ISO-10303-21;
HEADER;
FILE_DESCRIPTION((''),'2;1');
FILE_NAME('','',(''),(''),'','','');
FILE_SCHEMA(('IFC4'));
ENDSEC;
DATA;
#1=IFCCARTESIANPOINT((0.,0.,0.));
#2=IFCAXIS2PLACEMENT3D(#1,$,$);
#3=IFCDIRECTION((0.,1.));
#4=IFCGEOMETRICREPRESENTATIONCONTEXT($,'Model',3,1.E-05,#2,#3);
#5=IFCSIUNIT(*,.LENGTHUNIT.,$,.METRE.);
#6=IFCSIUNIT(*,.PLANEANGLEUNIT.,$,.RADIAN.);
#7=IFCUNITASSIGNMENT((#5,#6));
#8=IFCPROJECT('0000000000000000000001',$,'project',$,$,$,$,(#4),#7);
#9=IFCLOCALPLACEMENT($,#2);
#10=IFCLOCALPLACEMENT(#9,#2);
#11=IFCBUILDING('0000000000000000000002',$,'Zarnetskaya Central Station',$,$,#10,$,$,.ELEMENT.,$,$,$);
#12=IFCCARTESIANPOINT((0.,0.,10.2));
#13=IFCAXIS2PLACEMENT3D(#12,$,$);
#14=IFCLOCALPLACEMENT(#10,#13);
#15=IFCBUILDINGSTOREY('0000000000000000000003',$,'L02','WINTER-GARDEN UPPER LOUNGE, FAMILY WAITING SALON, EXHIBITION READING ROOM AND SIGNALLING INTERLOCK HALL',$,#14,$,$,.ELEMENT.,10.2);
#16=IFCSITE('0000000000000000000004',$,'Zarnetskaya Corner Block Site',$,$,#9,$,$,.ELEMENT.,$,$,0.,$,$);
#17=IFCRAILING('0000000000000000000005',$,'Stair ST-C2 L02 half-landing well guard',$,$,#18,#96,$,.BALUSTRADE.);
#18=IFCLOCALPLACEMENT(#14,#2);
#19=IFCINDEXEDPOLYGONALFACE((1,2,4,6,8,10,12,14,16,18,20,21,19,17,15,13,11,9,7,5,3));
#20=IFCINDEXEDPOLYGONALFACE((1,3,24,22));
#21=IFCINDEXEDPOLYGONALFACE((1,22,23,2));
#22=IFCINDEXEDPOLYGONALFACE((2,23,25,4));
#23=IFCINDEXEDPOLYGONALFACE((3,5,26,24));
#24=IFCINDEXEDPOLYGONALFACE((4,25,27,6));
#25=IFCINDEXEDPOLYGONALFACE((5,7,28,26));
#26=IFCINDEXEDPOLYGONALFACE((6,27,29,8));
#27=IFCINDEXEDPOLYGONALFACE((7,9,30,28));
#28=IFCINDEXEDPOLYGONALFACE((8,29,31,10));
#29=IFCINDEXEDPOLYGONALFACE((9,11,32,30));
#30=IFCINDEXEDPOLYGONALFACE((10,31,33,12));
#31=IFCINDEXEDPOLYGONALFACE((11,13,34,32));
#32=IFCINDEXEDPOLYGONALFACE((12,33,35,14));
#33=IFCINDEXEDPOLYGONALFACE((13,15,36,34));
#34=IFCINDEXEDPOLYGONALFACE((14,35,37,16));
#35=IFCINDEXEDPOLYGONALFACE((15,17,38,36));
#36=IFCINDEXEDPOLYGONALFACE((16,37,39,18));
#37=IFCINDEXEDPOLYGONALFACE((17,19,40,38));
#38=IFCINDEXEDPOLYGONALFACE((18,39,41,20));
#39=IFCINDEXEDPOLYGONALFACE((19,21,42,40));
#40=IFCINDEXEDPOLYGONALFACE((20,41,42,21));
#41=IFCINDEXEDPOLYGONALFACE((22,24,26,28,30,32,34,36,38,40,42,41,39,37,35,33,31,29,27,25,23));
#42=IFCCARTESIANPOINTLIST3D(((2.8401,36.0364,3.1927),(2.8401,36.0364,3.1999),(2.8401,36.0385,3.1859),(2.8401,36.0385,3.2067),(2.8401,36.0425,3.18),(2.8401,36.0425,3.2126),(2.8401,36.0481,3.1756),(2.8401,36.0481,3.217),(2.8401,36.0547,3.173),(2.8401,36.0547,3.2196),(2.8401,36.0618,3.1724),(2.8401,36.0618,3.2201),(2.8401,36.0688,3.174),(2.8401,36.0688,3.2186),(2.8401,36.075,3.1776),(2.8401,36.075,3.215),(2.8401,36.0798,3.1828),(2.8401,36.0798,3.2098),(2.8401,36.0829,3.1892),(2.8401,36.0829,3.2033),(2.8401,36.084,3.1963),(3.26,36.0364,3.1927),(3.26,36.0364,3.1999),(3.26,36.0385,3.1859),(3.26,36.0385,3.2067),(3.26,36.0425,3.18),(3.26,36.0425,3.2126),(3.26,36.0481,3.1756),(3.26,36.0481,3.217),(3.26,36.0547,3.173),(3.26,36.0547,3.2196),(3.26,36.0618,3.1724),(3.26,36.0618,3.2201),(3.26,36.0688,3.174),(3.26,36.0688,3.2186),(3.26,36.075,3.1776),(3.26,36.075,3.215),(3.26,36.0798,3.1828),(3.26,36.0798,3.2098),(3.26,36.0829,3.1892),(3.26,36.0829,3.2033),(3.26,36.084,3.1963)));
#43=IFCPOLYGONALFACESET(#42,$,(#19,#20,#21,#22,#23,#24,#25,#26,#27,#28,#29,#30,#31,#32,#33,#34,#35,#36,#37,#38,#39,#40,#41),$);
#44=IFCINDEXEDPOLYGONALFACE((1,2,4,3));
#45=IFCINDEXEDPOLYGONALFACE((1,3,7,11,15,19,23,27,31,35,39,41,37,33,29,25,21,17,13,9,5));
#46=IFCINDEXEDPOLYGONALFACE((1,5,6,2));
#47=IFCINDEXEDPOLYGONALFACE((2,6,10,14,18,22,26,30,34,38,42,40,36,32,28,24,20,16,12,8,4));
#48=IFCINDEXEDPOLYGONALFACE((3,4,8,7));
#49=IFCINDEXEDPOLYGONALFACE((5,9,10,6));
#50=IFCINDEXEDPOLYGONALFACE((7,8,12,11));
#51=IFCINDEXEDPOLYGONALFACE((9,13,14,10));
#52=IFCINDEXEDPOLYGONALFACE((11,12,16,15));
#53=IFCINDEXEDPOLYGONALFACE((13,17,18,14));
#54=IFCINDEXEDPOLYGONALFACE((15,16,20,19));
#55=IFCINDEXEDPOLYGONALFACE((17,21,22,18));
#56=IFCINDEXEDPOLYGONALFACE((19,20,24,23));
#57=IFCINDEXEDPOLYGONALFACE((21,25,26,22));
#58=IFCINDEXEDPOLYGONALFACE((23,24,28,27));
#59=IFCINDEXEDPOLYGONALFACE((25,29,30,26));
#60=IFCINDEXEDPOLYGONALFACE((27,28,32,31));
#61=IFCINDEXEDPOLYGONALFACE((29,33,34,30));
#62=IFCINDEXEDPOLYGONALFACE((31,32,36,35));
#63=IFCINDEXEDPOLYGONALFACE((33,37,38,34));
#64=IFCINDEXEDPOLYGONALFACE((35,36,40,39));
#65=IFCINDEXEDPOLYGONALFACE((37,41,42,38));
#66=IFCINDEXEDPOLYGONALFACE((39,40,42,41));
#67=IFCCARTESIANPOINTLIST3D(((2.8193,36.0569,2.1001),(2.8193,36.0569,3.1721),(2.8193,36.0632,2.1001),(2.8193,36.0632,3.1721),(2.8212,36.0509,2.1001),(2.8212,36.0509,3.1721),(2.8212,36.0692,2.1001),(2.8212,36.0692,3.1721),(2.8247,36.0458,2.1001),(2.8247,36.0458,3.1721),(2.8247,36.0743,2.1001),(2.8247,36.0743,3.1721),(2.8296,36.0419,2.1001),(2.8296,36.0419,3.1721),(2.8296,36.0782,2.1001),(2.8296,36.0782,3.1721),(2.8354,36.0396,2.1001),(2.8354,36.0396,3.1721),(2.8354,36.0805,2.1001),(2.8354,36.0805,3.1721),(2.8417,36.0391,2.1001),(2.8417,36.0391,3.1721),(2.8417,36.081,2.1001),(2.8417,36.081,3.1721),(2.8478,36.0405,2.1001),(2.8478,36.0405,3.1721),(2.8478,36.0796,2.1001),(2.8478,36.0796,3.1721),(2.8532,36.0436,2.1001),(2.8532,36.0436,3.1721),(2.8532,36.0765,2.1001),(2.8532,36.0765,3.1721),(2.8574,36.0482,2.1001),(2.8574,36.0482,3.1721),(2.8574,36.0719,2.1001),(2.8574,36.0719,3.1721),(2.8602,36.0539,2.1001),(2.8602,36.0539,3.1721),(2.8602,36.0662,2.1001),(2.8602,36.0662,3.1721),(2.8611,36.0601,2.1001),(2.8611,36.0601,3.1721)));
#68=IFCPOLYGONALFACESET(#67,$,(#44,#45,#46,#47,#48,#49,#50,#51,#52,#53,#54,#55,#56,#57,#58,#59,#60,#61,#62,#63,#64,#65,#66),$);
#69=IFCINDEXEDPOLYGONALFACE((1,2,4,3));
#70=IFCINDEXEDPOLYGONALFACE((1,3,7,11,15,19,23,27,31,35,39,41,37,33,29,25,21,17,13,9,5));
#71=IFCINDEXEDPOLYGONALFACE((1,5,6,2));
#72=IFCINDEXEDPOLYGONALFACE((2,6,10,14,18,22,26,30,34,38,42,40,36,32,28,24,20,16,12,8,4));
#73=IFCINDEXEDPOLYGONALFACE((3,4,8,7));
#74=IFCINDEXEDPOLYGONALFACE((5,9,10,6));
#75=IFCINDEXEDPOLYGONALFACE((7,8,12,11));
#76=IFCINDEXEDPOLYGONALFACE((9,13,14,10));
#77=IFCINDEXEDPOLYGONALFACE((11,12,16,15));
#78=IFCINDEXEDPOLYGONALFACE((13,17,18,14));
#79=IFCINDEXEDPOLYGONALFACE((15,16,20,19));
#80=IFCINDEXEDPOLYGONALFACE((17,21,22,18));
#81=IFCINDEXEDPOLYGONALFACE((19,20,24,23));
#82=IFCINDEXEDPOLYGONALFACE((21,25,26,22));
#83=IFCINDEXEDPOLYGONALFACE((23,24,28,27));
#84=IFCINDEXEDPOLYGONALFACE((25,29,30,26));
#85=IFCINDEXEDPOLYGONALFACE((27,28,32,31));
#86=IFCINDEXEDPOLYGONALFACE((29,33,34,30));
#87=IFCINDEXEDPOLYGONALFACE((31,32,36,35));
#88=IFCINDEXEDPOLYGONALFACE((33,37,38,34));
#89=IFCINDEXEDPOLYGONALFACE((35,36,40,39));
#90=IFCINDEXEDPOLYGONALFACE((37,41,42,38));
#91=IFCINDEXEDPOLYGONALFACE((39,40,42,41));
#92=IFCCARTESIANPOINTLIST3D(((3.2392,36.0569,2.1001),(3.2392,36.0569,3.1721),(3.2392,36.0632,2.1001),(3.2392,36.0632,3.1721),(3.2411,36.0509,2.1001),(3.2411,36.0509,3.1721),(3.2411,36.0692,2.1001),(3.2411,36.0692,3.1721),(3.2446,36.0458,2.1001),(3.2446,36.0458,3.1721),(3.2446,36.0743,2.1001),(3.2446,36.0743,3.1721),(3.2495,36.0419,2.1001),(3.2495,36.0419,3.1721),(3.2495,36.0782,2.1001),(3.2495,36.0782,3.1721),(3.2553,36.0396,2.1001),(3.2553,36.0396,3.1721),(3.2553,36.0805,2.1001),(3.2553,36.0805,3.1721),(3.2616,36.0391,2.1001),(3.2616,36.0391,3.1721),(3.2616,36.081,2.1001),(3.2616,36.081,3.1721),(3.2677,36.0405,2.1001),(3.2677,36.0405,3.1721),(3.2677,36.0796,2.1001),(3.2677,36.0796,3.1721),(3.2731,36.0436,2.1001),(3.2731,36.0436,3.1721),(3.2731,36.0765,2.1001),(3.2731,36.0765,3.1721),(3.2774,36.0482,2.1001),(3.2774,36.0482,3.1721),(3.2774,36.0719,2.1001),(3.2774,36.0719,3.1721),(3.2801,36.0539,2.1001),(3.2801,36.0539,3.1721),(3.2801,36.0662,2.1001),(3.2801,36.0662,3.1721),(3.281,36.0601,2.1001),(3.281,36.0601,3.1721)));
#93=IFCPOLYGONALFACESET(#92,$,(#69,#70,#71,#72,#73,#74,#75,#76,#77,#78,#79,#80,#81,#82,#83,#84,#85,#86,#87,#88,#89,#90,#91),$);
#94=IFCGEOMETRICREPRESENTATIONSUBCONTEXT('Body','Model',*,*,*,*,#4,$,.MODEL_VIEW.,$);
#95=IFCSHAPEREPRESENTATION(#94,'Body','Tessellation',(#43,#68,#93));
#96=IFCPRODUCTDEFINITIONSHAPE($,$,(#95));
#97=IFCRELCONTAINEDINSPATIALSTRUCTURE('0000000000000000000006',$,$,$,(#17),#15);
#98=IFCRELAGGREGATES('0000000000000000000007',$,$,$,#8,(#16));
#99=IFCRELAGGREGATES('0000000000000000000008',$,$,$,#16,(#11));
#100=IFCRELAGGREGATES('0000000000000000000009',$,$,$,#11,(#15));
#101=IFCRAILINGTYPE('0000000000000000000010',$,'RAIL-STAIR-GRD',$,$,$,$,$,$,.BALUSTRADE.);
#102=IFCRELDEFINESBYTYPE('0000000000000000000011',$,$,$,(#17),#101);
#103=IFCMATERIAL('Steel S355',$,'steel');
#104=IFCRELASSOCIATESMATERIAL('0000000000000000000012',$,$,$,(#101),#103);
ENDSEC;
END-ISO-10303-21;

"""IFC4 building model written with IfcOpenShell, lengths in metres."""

from ifc_helpers import new_model, si_unit, direction, frame, origin, origin_2d, place, context, subcontext, project, spatial, circle, extrude, material, type_object, element, save


model = new_model("IFC4")

# Units and contexts
model_context = context("Model", 3, precision=1e-05, world=origin(), true_north=direction((0.0, 1.0)))
body_context = subcontext(model_context, "Body", "Model", "MODEL_VIEW")
ifc_project = project(units=[si_unit("LENGTHUNIT", "METRE"), si_unit("PLANEANGLEUNIT", "RADIAN")], contexts=[model_context])

# Site, building, storey
site_placement = place(None, origin())
site = spatial("IfcSite", under=ifc_project, at=site_placement, Name="Zarnetskaya Corner Block Site", CompositionType="ELEMENT", RefElevation=0.0)
building_placement = place(site_placement, origin())
building = spatial("IfcBuilding", under=site, at=building_placement, Name="Zarnetskaya Central Station", CompositionType="ELEMENT")
storey_placement = place(building_placement, frame((0.0, 0.0, 10.2)))
storey = spatial("IfcBuildingStorey", under=building, at=storey_placement, Name="L02", Description="WINTER-GARDEN UPPER LOUNGE, FAMILY WAITING SALON, EXHIBITION READING ROOM AND SIGNALLING INTERLOCK HALL", CompositionType="ELEMENT", Elevation=10.2)

# Shared definitions
ifc_material_1 = material(Name="Steel S355", Category="steel")

# Railing
railing_type_1 = type_object("IfcRailingType", Name="RAIL-STAIR-GRD", PredefinedType="BALUSTRADE", material=ifc_material_1)
railing_1_placement = place(storey_placement, frame((2.8401, 36.0601, 2.1001)))
element("IfcRailing", 1, at=railing_1_placement, inside=storey, type_object=railing_type_1, Name="Stair ST-C2 L02 half-landing well guard", PredefinedType="BALUSTRADE", context=body_context, shape_type="SweptSolid", body=[
    extrude(circle(Radius=0.0239, at=origin_2d()), frame((0.0, 0.0, 1.0962), z_axis=(1.0, 0.0, 0.0), x_axis=(0.0, 1.0, 0.0)), (0.0, 0.0, 1.0), 0.4199),
    extrude(circle(Radius=0.021, at=origin_2d()), origin(), (0.0, 0.0, 1.0), 1.072),
    extrude(circle(Radius=0.021, at=origin_2d()), frame((0.4199, 0.0, 0.0)), (0.0, 0.0, 1.0), 1.072),
])

save(model, "model.ifc")
